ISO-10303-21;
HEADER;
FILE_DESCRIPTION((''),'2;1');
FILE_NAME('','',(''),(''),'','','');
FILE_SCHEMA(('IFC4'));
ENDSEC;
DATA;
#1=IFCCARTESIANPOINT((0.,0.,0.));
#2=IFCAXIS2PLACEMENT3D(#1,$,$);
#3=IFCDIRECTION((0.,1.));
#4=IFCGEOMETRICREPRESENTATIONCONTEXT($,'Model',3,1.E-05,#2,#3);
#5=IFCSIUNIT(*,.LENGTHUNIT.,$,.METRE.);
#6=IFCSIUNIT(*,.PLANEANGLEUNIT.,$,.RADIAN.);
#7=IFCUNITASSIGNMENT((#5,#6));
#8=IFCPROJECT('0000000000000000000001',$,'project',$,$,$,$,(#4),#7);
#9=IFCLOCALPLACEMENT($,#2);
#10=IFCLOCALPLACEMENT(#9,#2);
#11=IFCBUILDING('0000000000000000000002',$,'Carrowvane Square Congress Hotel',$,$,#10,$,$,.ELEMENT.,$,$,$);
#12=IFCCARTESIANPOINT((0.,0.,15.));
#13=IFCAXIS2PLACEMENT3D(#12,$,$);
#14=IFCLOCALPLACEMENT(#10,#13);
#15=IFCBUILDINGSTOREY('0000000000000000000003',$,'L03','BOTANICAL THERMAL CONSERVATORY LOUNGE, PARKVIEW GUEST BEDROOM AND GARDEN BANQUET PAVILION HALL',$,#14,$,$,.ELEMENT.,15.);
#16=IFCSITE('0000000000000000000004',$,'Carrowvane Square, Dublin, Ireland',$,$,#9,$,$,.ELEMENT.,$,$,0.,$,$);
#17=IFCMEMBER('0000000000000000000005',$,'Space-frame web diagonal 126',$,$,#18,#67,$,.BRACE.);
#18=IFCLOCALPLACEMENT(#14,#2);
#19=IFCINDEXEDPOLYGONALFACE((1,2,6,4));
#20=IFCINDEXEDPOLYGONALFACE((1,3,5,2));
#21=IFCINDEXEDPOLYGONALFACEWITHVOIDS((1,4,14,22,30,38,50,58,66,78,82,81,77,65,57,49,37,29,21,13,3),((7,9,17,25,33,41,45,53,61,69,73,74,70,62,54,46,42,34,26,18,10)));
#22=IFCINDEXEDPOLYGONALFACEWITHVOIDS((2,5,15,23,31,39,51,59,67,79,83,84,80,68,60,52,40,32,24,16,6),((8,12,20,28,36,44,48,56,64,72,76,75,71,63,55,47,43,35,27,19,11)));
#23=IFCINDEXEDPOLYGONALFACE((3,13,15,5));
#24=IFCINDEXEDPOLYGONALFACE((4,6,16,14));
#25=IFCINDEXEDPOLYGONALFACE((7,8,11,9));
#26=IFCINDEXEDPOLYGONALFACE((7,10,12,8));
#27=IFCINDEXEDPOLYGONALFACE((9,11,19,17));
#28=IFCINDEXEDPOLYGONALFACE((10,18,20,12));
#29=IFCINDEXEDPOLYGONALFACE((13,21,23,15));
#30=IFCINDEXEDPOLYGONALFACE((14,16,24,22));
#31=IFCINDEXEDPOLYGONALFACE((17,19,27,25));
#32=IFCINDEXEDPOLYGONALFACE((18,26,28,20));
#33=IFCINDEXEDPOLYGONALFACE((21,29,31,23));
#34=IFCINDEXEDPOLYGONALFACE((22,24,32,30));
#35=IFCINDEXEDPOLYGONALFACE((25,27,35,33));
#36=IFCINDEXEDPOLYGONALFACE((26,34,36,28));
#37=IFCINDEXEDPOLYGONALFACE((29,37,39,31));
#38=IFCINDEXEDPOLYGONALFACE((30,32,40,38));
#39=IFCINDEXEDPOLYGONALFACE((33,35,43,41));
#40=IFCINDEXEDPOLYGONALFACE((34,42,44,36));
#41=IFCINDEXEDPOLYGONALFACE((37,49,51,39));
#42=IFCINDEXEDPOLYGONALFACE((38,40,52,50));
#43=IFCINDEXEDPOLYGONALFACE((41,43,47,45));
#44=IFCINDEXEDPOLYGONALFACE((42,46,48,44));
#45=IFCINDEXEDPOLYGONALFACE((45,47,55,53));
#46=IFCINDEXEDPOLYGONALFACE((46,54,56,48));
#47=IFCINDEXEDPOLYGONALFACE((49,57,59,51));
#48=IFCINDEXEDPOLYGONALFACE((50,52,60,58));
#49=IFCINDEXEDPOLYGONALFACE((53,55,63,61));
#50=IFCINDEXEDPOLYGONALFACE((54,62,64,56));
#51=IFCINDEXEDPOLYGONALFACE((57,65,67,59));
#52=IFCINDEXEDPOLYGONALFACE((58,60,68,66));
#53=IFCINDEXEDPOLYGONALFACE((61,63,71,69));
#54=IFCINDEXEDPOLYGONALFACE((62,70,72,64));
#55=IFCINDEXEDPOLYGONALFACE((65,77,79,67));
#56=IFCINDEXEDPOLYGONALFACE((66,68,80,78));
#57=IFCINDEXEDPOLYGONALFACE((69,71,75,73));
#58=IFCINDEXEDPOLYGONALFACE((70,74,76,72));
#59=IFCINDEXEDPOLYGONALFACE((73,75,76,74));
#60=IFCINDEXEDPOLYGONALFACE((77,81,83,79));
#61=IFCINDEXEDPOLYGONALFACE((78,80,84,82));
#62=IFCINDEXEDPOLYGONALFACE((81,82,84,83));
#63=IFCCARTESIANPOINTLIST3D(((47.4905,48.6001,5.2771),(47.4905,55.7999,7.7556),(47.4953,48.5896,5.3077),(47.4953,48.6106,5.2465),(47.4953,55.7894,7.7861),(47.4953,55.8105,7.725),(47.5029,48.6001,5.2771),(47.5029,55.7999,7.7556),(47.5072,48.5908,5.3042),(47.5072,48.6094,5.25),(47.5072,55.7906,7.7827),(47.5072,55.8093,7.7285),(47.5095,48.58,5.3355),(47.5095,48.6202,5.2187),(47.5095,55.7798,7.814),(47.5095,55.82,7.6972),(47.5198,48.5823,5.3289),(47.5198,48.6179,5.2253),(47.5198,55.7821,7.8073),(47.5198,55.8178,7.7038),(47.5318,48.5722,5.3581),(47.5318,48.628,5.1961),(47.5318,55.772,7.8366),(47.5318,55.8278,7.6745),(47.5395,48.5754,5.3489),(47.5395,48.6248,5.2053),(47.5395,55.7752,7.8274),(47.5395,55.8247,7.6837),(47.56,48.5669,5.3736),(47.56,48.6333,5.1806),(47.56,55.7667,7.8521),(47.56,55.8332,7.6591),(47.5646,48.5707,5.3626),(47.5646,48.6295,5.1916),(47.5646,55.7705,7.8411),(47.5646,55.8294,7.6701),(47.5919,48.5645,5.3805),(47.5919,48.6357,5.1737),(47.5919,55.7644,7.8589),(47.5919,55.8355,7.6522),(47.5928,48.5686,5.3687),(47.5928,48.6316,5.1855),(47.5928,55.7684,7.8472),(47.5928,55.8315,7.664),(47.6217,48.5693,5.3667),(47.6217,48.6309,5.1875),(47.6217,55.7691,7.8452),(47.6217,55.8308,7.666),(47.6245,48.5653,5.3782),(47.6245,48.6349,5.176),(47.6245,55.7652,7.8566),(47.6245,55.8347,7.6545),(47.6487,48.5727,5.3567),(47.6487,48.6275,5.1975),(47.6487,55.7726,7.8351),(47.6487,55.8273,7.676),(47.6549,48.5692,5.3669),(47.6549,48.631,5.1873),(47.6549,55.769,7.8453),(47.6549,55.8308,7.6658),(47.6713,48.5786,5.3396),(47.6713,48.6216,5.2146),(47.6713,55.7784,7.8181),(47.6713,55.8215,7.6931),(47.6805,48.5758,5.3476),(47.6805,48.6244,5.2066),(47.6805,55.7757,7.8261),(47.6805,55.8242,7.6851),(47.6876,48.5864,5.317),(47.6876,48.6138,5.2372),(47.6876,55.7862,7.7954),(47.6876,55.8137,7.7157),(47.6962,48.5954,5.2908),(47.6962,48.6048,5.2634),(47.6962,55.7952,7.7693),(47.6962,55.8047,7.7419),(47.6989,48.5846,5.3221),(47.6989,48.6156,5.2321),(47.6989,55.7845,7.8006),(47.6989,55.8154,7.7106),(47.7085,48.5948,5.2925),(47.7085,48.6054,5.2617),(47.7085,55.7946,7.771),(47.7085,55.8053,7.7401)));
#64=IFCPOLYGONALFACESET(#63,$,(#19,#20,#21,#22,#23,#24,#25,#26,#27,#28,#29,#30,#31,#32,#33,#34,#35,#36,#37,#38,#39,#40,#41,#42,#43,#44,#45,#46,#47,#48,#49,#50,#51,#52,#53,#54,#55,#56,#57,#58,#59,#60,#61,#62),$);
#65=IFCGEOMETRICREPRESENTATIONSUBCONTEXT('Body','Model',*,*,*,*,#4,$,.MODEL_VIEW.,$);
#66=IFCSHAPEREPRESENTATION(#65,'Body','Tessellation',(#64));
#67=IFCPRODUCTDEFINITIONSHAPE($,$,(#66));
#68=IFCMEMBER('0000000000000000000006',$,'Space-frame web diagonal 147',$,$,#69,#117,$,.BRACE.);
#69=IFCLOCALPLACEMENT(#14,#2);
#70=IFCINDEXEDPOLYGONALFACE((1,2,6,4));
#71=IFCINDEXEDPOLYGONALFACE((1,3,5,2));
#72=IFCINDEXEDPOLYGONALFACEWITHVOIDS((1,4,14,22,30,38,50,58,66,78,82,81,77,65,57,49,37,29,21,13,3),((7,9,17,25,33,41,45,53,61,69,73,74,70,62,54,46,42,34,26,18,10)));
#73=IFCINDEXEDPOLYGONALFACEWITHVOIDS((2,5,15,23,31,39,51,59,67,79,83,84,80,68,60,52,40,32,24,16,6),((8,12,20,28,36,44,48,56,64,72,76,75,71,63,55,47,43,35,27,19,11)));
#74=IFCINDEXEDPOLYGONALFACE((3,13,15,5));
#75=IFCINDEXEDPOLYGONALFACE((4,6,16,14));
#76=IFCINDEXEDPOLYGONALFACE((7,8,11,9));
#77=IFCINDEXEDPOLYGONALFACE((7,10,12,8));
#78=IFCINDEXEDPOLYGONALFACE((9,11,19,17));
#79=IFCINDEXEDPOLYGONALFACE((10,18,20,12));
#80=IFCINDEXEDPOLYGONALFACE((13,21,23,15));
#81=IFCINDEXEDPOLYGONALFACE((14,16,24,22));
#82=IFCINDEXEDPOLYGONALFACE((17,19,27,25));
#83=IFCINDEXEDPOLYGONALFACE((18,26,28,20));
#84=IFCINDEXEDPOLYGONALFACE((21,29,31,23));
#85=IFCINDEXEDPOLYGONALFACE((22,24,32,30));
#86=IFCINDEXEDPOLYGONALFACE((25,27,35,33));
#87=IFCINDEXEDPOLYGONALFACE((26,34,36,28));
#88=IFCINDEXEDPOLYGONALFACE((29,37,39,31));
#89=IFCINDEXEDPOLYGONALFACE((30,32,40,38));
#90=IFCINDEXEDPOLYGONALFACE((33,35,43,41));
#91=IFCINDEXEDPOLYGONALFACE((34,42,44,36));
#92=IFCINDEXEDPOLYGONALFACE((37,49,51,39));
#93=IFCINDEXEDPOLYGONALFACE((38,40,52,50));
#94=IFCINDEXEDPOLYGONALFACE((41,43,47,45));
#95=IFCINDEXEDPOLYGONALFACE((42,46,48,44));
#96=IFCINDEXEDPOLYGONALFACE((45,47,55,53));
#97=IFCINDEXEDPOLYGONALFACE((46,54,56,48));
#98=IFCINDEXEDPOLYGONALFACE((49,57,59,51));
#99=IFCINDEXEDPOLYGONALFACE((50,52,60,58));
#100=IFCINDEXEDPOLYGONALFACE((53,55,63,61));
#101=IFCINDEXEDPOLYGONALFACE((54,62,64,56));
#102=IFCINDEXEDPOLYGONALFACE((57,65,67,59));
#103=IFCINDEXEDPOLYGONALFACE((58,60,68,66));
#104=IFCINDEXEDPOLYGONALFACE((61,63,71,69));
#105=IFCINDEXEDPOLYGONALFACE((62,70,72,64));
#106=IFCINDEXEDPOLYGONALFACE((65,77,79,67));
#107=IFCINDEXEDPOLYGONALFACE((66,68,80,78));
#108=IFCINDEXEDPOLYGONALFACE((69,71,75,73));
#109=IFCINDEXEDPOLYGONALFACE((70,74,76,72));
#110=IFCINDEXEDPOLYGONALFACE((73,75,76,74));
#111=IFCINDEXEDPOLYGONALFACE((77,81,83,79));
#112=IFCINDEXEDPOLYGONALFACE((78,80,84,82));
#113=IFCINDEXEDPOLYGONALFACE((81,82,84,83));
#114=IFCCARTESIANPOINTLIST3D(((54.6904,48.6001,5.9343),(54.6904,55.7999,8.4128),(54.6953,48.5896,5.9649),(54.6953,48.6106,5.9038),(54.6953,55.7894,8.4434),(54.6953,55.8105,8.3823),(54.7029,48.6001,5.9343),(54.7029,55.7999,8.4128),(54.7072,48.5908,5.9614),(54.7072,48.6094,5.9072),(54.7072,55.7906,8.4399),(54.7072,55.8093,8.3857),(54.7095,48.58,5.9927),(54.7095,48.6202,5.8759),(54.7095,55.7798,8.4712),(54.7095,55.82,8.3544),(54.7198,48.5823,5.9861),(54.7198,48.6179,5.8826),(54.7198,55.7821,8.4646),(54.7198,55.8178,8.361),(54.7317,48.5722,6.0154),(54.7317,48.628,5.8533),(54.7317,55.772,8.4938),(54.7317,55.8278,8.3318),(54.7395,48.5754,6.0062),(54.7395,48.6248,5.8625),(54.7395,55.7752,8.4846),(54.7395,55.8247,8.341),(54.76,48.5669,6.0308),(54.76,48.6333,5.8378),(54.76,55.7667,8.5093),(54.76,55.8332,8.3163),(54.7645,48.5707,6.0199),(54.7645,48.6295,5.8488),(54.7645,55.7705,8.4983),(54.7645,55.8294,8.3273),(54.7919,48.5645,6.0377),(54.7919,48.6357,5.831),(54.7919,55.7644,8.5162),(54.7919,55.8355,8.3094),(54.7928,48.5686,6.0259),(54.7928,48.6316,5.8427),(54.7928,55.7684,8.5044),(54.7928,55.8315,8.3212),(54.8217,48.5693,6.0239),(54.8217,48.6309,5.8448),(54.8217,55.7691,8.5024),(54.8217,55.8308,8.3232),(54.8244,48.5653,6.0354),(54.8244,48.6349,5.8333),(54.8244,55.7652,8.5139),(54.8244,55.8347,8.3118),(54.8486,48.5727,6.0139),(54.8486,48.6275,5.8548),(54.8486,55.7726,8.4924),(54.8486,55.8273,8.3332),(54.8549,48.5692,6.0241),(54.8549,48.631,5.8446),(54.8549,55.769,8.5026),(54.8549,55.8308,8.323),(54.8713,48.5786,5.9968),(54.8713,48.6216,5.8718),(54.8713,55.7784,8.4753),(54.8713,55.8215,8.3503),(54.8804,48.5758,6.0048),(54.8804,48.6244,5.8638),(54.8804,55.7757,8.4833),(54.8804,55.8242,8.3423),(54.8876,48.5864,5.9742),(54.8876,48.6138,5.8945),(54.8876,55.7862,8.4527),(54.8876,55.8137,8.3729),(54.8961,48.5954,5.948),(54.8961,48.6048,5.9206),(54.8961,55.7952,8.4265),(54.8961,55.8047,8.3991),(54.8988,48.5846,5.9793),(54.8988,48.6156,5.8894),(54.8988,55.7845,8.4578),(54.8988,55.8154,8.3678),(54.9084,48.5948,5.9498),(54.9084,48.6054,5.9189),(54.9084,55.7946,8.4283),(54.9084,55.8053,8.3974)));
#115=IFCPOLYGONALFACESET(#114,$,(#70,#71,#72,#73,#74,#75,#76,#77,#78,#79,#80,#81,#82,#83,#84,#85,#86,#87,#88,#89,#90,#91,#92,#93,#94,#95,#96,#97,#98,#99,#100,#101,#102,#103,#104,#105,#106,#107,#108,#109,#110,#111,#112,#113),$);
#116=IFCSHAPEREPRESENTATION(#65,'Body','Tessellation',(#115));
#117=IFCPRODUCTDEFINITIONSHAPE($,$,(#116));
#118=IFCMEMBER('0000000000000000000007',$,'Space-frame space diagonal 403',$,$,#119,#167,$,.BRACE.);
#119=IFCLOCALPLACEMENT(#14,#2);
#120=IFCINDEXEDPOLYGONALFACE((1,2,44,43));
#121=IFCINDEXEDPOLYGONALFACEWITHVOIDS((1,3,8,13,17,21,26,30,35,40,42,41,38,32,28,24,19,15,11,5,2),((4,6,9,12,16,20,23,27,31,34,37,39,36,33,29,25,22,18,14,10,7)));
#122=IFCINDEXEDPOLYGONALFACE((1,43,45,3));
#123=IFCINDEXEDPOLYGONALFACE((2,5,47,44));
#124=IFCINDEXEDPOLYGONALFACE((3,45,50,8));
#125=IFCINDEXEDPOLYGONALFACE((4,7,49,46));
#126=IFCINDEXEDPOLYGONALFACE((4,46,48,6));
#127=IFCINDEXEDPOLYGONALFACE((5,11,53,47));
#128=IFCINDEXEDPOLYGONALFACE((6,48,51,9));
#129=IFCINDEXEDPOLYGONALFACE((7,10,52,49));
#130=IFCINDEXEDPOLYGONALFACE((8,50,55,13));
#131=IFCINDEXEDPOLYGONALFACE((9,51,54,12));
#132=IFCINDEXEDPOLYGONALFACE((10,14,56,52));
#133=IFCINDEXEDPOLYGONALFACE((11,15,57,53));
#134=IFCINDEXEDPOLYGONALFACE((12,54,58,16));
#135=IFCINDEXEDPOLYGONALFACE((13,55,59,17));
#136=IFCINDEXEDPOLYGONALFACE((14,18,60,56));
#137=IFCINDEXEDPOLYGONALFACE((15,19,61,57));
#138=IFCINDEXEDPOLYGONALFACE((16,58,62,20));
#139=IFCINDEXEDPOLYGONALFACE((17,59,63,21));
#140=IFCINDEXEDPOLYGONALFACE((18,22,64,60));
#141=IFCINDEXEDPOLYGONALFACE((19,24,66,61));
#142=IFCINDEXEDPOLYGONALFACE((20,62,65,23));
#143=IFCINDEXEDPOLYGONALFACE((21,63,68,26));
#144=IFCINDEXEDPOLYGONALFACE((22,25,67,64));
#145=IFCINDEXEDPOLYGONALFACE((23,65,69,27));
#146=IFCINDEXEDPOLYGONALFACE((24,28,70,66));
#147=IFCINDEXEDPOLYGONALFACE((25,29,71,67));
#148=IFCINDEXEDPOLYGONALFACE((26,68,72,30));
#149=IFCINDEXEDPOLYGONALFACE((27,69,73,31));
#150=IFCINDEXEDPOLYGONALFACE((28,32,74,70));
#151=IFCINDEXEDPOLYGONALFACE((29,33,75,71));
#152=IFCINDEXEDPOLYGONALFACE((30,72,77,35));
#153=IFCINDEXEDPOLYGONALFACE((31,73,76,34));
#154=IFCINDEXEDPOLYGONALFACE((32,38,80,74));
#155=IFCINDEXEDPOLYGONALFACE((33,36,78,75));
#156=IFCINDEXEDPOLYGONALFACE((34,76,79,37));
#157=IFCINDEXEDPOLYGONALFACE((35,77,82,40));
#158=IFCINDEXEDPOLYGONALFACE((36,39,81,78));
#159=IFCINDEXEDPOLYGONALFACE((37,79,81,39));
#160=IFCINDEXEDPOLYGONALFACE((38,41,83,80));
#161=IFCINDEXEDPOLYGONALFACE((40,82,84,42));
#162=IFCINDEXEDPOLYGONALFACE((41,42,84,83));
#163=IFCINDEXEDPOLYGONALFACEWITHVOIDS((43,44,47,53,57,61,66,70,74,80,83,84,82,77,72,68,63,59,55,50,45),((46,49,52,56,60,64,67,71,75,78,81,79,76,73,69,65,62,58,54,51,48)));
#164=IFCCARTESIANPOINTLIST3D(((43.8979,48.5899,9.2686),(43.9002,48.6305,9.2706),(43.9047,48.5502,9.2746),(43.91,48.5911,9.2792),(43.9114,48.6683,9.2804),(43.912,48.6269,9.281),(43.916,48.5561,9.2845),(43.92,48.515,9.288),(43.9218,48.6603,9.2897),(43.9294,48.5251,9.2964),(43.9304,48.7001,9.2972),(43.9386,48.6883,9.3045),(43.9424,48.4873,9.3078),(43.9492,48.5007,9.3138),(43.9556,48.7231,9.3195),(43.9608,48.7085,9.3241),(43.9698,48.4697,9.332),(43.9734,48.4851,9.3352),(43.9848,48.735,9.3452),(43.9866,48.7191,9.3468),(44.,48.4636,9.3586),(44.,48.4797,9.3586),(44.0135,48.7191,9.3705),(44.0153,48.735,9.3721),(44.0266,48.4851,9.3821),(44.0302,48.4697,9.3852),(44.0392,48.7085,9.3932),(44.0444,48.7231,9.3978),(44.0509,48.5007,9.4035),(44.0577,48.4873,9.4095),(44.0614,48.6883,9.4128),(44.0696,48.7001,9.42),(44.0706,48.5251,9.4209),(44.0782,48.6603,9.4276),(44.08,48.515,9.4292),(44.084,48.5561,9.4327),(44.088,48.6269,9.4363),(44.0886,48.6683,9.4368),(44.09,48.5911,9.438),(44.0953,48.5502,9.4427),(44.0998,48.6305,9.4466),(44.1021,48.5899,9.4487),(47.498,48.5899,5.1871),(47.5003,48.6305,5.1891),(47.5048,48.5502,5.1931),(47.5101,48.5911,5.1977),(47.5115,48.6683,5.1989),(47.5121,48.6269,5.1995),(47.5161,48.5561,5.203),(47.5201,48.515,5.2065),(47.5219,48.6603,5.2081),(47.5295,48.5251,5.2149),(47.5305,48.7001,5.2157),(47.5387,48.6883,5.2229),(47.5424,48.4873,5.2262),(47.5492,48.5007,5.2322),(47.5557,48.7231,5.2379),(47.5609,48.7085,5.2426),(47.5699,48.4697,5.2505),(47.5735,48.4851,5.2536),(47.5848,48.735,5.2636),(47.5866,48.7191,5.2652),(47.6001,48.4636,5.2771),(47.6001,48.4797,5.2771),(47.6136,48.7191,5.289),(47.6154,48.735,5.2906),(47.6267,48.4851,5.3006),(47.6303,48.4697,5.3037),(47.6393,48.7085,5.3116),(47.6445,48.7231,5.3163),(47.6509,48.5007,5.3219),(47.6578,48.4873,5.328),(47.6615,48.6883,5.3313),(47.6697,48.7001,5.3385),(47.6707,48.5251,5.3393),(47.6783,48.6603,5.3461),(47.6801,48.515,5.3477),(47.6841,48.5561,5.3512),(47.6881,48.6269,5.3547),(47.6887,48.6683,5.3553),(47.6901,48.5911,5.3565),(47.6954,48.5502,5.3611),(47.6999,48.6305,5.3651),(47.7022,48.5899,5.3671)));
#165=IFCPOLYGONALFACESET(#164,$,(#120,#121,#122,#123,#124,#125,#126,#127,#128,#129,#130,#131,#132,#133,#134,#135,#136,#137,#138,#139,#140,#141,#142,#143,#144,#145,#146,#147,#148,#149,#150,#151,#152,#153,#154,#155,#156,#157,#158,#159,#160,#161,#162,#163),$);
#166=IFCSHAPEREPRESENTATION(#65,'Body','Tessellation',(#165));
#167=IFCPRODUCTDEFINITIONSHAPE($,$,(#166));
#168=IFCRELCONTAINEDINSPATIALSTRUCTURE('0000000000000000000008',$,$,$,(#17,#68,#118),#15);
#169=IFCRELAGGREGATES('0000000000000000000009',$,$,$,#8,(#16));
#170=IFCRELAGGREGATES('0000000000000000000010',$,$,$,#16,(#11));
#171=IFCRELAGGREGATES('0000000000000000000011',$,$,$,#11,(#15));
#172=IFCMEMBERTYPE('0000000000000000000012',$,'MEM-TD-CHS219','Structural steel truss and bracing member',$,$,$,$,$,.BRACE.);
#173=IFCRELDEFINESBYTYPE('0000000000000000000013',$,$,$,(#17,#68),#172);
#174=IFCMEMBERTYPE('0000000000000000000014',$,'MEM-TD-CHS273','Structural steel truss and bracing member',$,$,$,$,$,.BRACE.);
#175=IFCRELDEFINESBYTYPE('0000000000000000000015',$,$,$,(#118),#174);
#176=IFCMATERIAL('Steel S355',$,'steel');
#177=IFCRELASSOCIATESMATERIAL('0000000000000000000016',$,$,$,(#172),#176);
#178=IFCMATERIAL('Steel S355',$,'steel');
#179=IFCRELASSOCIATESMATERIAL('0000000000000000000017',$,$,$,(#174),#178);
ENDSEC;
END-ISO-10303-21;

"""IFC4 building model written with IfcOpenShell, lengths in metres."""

from ifc_helpers import new_model, si_unit, direction, frame, origin, origin_2d, place, context, subcontext, project, spatial, hollow_circle, extrude, material, material_profile, profile_set, type_object, element, save


model = new_model("IFC4")

# Units and contexts
model_context = context("Model", 3, precision=1e-05, world=origin(), true_north=direction((0.0, 1.0)))
body_context = subcontext(model_context, "Body", "Model", "MODEL_VIEW")
ifc_project = project(units=[si_unit("LENGTHUNIT", "METRE"), si_unit("PLANEANGLEUNIT", "RADIAN")], contexts=[model_context])

# Site, building, storey
site_placement = place(None, origin())
site = spatial("IfcSite", under=ifc_project, at=site_placement, Name="Carrowvane Square, Dublin, Ireland", CompositionType="ELEMENT", RefElevation=0.0)
building_placement = place(site_placement, origin())
building = spatial("IfcBuilding", under=site, at=building_placement, Name="Carrowvane Square Congress Hotel", CompositionType="ELEMENT")
storey_placement = place(building_placement, frame((0.0, 0.0, 15.0)))
storey = spatial("IfcBuildingStorey", under=building, at=storey_placement, Name="L03", Description="BOTANICAL THERMAL CONSERVATORY LOUNGE, PARKVIEW GUEST BEDROOM AND GARDEN BANQUET PAVILION HALL", CompositionType="ELEMENT", Elevation=15.0)

# Members
ifc_material_1 = material(Name="Steel S355", Category="steel")
ifc_material_profile_1 = material_profile(ifc_material_1, hollow_circle(Radius=0.1096, WallThickness=0.0125, at=origin_2d()), Name="CHS 219.1x12.5")
ifc_profile_set_1 = profile_set([ifc_material_profile_1], Name="Steel S355")
member_type_1 = type_object("IfcMemberType", Name="MEM-TD-CHS219", Description="Structural steel truss and bracing member", PredefinedType="BRACE", material=ifc_profile_set_1)
for number, where, z_axis, x_axis, name in (
    (1, (47.6001, 48.6001, 5.2771), (0.0, 0.945544, 0.325495), (-1.0, 0.0, 0.0), "Space-frame web diagonal 126"),
    (2, (54.8, 48.6001, 5.9343), (0.0, 0.945544, 0.325495), (-1.0, 0.0, 0.0), "Space-frame web diagonal 147"),
):
    element("IfcMember", number, at=place(storey_placement, frame(where, z_axis=z_axis, x_axis=x_axis)), inside=storey, type_object=member_type_1, Name=name, PredefinedType="BRACE", context=body_context, shape_type="SweptSolid", body=[
        extrude(hollow_circle(Radius=0.1096, WallThickness=0.0125, at=origin_2d()), origin(), (0.0, 0.0, 1.0), 7.6145),
    ])
ifc_material_2 = material(Name="Steel S355", Category="steel")
ifc_material_profile_2 = material_profile(ifc_material_2, hollow_circle(Radius=0.1365, WallThickness=0.0161, at=origin_2d()), Name="CHS 273.0x16")
ifc_profile_set_2 = profile_set([ifc_material_profile_2], Name="Steel S355")
member_type_2 = type_object("IfcMemberType", Name="MEM-TD-CHS273", Description="Structural steel truss and bracing member", PredefinedType="BRACE", material=ifc_profile_set_2)
member_1_placement = place(storey_placement, frame((47.6001, 48.6001, 5.2771), z_axis=(-0.661491, 0.0, 0.749953), x_axis=(0.0, -1.0, 0.0)))
element("IfcMember", 3, at=member_1_placement, inside=storey, type_object=member_type_2, Name="Space-frame space diagonal 403", PredefinedType="BRACE", context=body_context, shape_type="SweptSolid", body=[
    extrude(hollow_circle(Radius=0.1365, WallThickness=0.0161, at=origin_2d()), origin(), (0.0, 0.0, 1.0), 5.4424),
])

save(model, "model.ifc")
